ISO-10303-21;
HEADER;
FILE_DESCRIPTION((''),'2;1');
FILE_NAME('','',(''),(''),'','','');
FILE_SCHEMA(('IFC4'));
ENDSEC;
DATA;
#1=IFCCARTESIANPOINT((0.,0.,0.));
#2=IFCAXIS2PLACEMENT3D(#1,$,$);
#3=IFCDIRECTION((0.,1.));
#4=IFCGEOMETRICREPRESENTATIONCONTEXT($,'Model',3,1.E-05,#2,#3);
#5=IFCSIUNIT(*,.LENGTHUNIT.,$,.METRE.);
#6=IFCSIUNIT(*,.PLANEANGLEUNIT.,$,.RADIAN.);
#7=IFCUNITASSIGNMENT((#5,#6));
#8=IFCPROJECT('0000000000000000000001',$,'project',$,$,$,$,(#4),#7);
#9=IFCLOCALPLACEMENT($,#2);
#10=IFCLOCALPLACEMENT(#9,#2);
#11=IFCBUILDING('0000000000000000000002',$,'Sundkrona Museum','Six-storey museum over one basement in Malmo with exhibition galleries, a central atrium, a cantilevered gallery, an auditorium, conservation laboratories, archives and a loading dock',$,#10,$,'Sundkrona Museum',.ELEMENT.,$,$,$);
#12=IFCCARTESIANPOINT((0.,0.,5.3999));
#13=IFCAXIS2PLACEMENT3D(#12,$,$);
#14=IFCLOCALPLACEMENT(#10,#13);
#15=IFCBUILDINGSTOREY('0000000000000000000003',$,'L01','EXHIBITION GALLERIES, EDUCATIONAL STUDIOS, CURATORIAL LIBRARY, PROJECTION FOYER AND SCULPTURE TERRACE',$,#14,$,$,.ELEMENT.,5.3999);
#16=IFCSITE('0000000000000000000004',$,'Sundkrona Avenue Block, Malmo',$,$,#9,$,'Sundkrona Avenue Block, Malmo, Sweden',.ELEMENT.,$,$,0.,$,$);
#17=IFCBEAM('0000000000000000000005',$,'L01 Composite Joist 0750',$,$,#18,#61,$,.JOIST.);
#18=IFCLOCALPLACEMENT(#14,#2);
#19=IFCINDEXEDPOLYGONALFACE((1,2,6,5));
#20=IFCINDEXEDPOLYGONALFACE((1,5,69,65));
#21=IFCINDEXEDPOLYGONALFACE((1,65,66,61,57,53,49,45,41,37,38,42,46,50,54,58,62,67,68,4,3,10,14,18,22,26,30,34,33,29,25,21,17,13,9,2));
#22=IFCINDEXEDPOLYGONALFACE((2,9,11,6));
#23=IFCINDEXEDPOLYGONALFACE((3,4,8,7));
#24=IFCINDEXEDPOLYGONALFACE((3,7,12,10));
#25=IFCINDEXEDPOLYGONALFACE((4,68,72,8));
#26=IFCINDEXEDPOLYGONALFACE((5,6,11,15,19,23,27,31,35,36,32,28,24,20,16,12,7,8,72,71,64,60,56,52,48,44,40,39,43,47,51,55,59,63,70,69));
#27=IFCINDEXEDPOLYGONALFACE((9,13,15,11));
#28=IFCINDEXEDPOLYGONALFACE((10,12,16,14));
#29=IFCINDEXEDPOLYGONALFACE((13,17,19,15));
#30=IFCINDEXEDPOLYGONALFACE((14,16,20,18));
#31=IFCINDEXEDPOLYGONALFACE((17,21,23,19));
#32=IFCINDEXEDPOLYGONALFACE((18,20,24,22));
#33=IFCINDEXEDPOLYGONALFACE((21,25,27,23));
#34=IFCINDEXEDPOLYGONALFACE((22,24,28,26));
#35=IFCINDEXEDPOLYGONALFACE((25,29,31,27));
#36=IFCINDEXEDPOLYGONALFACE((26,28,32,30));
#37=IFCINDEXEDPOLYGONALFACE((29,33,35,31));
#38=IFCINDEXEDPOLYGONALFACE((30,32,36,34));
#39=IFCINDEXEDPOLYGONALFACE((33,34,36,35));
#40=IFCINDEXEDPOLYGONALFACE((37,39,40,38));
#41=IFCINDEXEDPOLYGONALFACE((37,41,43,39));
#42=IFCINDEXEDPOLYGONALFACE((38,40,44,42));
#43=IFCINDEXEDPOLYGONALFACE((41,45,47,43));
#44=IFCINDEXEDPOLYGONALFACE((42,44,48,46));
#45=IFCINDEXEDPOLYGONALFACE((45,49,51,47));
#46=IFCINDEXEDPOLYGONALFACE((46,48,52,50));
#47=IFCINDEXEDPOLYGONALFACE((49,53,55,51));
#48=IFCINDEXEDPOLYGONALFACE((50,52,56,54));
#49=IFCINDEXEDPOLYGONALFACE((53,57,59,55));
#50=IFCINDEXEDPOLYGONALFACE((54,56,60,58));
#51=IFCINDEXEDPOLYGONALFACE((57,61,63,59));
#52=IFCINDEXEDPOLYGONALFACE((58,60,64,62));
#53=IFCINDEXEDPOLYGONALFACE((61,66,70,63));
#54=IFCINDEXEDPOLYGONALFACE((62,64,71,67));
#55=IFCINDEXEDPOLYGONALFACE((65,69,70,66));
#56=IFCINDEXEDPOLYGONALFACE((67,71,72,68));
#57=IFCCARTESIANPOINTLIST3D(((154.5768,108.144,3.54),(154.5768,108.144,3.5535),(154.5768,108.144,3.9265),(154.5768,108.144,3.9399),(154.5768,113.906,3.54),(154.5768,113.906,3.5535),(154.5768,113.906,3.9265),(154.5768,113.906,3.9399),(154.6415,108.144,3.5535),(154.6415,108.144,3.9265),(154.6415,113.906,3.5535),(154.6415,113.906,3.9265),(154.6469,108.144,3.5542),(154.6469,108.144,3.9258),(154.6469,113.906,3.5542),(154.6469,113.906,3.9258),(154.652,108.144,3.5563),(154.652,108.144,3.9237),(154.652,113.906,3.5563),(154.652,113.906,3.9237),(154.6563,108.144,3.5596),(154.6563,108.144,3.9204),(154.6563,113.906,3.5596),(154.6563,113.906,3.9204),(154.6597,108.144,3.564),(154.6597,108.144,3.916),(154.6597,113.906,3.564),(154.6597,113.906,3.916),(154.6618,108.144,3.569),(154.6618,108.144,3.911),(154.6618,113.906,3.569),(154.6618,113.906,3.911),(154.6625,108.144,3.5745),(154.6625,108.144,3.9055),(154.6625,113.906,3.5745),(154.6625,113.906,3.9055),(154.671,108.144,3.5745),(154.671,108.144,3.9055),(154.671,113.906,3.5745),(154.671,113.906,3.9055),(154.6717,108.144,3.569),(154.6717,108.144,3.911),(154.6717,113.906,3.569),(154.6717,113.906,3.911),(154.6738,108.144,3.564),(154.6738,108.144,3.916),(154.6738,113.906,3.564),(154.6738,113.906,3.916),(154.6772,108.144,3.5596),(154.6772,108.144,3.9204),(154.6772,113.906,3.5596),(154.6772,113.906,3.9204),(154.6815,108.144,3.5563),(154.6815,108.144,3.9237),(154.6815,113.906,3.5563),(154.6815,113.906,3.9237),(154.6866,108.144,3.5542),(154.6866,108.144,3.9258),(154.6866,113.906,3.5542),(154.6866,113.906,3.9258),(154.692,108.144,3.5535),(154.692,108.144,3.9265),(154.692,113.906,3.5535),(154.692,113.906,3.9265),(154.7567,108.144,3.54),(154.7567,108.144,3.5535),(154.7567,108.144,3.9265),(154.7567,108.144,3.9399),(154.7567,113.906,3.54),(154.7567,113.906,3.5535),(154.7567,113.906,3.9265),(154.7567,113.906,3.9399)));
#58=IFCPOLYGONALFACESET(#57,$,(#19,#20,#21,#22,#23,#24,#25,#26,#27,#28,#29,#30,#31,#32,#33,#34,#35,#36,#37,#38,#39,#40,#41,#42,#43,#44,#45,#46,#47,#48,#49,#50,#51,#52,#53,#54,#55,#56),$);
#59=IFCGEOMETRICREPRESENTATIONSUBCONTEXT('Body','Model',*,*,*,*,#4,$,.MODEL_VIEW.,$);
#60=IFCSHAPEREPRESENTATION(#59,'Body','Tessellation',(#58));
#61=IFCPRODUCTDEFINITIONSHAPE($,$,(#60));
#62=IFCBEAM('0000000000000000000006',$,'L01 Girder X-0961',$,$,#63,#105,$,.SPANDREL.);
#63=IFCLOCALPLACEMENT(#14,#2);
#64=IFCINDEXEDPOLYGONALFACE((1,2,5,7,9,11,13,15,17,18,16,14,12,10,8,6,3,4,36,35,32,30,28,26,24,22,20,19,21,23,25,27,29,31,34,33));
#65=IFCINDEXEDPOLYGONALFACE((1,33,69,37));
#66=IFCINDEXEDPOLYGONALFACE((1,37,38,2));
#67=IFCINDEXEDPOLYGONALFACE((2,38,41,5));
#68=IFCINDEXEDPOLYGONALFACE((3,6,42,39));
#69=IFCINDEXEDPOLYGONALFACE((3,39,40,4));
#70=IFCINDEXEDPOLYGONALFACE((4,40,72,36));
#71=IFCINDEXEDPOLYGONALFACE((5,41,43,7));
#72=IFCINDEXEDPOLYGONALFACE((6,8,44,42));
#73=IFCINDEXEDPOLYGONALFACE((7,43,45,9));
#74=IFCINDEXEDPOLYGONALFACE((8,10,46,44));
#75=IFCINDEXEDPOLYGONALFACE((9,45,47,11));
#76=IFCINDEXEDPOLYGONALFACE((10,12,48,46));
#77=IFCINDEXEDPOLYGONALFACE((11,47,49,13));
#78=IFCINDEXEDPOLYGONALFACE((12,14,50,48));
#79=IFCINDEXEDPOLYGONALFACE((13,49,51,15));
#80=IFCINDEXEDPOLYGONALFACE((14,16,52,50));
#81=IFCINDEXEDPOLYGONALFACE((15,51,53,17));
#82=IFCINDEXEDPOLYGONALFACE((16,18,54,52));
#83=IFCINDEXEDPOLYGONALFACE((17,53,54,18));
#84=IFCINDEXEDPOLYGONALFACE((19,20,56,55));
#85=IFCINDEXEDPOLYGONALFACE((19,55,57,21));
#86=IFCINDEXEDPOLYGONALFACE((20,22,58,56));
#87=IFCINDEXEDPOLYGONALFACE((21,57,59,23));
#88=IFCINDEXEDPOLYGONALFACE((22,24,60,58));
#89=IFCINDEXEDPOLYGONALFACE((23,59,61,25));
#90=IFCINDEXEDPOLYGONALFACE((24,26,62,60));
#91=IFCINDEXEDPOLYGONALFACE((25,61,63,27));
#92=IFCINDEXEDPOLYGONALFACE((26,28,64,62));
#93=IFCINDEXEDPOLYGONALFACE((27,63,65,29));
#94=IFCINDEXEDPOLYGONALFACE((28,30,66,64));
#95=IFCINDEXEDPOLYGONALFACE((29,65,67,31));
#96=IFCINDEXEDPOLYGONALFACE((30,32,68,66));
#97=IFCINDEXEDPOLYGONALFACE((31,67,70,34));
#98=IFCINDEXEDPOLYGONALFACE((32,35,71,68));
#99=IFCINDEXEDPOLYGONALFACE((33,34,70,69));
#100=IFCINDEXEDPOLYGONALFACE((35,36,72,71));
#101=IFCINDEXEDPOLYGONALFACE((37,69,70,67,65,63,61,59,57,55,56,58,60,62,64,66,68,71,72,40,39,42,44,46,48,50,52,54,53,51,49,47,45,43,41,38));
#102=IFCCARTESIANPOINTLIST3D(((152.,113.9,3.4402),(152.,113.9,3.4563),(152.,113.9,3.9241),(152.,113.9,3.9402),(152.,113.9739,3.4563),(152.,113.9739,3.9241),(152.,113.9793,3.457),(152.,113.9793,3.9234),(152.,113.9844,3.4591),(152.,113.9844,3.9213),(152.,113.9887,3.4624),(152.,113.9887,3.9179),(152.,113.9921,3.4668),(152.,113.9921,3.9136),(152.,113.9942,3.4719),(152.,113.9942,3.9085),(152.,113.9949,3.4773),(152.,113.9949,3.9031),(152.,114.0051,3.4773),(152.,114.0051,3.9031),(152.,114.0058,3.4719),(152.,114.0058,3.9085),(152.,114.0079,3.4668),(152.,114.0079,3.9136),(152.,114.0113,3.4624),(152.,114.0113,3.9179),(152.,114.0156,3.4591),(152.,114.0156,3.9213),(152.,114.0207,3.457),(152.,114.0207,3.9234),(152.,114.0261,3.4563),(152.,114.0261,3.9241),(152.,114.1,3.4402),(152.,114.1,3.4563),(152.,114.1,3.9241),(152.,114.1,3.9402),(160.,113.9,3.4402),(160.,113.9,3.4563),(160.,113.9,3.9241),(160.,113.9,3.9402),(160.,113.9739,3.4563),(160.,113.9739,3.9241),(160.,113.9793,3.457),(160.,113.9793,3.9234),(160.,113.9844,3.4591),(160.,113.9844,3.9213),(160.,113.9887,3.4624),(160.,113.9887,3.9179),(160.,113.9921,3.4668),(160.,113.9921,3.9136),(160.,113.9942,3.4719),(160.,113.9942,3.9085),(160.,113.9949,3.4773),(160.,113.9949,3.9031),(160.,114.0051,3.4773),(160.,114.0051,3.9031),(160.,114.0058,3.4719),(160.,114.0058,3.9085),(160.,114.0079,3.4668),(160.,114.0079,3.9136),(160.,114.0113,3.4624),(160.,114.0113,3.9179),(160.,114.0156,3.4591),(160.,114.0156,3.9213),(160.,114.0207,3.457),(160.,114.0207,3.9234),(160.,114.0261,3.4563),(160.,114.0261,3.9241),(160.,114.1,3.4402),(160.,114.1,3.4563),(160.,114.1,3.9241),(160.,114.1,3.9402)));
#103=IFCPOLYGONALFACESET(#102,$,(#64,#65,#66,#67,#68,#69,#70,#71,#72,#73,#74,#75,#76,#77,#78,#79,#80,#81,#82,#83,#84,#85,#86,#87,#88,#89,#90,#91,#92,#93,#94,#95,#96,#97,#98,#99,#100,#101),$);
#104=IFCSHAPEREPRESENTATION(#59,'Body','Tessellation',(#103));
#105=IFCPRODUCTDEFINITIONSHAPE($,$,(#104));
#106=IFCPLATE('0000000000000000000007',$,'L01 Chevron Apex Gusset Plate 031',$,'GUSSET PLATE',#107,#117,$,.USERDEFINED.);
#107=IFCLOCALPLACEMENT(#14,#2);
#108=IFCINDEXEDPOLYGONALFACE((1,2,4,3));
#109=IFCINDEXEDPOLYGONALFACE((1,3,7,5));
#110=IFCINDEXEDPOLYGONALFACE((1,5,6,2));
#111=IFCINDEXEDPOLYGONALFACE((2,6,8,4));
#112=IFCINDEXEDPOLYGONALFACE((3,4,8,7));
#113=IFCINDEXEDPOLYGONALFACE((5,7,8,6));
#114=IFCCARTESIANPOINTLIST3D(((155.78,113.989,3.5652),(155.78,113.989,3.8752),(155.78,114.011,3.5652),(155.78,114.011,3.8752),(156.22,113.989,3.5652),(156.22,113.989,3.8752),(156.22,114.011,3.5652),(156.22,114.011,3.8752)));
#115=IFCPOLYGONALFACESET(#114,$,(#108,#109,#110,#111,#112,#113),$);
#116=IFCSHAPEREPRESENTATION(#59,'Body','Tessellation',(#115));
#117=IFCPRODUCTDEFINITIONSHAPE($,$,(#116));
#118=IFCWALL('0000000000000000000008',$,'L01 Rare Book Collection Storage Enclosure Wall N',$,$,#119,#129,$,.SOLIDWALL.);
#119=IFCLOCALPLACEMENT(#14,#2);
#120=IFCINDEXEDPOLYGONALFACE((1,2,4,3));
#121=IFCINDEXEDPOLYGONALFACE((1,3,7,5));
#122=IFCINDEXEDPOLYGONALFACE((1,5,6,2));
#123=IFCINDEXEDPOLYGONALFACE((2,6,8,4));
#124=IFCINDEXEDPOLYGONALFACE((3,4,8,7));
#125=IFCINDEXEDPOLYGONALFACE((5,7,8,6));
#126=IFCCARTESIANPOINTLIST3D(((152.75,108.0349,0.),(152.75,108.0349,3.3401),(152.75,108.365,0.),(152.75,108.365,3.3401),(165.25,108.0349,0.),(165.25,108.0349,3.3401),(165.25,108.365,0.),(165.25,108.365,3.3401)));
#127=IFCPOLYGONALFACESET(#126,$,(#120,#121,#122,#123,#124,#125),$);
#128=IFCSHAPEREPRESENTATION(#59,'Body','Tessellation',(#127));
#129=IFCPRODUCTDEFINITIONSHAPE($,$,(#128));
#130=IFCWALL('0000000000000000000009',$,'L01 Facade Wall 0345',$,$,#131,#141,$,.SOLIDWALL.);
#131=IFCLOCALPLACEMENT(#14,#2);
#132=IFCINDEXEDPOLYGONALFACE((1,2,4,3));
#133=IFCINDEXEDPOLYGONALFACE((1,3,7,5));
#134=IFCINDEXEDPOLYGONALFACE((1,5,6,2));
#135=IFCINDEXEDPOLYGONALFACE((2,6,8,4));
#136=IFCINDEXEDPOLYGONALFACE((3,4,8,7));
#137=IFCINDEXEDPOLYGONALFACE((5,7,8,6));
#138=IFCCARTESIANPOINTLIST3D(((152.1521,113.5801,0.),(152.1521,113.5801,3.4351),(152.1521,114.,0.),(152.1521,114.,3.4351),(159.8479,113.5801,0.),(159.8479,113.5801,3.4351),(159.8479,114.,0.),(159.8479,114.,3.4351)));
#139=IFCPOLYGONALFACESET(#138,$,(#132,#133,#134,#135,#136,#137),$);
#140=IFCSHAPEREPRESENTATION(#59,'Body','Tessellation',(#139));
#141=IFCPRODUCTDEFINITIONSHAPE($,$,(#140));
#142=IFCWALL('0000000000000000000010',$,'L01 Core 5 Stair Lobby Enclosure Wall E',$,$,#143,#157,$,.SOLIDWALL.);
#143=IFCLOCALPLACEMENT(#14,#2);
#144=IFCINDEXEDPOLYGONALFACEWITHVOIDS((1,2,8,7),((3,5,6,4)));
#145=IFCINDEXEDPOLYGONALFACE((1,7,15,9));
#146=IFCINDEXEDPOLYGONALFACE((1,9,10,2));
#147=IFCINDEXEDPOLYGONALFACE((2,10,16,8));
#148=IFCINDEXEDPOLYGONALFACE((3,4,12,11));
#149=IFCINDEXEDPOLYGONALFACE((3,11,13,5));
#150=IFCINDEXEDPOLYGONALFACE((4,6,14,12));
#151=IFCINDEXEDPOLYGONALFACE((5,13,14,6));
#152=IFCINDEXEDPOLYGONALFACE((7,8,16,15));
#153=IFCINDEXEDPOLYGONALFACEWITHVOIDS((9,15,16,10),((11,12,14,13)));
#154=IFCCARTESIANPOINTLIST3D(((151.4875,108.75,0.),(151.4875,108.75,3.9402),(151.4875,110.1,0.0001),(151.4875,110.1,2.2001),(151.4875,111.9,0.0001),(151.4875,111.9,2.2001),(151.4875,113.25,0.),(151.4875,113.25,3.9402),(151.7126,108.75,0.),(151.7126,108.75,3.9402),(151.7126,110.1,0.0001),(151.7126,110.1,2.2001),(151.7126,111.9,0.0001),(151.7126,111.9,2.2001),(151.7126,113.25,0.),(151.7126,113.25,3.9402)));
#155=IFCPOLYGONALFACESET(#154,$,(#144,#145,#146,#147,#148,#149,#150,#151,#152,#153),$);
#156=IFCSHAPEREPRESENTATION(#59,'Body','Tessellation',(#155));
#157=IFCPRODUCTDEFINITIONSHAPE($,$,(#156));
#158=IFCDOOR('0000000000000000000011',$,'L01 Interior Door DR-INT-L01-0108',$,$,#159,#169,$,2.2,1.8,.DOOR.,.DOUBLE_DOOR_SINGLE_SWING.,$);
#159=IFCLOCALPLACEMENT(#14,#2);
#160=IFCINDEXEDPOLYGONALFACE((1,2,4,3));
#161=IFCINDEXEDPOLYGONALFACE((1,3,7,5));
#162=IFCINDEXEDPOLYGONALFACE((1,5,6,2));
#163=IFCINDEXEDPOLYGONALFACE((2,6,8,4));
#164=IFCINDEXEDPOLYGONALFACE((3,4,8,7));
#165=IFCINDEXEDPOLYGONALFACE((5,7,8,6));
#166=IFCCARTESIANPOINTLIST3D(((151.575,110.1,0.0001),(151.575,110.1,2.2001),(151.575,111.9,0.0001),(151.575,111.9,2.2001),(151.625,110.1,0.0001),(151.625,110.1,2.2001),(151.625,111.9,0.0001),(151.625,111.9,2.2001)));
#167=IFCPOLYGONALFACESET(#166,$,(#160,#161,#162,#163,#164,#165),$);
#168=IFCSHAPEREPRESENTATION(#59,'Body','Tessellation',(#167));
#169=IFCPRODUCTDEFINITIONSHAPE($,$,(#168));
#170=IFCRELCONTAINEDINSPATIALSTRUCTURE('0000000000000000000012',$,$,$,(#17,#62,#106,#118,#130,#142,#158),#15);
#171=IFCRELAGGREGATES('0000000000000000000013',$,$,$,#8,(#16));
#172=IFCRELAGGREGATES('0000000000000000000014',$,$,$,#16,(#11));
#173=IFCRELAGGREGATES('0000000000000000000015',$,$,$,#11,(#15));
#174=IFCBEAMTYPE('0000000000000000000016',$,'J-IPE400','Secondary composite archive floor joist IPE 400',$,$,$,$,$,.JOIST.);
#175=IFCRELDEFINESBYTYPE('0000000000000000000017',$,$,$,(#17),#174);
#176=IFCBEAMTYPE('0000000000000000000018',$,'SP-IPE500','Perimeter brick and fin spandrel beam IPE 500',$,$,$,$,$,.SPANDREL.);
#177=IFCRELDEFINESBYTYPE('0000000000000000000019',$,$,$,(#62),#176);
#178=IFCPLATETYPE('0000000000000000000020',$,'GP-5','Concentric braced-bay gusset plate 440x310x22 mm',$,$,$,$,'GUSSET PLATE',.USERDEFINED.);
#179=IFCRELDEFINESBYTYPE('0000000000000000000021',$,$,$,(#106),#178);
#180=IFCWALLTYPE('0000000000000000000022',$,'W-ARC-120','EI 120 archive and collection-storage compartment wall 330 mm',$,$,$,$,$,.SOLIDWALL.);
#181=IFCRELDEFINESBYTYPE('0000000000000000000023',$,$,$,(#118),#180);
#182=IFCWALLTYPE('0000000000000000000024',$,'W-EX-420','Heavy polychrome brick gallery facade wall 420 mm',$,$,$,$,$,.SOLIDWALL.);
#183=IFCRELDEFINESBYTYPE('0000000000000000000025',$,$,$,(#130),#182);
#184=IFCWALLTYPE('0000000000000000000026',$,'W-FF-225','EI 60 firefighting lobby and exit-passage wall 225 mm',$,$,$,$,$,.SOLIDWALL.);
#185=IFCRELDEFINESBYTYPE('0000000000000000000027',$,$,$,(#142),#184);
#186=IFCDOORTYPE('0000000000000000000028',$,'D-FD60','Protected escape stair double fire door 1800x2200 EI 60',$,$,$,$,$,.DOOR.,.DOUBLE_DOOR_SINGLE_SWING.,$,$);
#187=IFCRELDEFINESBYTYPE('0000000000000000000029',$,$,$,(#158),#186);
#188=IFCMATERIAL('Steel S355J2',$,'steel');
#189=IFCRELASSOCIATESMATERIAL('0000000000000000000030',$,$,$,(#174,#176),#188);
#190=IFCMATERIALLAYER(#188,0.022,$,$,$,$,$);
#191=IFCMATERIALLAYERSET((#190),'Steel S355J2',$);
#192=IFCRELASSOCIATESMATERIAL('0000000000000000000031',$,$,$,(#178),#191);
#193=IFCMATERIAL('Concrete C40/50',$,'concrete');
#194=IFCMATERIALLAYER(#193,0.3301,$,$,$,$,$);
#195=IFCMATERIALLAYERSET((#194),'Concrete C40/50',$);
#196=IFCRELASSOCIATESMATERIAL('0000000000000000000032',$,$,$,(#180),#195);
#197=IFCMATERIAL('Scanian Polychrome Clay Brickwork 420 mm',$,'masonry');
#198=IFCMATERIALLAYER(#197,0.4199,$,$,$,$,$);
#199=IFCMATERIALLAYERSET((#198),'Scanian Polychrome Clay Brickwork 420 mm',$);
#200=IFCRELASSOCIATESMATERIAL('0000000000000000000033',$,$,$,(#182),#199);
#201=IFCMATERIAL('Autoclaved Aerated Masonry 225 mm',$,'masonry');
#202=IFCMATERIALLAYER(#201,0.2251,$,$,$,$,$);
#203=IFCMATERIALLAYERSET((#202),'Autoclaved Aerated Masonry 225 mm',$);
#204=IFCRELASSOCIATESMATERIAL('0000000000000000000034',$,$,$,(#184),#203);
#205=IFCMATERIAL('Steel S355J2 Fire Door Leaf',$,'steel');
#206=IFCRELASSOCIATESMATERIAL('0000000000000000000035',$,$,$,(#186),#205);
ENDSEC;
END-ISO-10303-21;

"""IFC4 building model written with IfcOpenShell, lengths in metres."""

from ifc_helpers import new_model, si_unit, direction, frame, frame_2d, origin, origin_2d, place, context, subcontext, project, spatial, rectangle, i_section, extrude, material, layer, layer_set, material_profile, profile_set, type_object, element, fill, save


model = new_model("IFC4")

# Units and contexts
model_context = context("Model", 3, precision=1e-05, world=origin(), true_north=direction((0.0, 1.0)))
body_context = subcontext(model_context, "Body", "Model", "MODEL_VIEW")
ifc_project = project(units=[si_unit("LENGTHUNIT", "METRE"), si_unit("PLANEANGLEUNIT", "RADIAN")], contexts=[model_context])

# Site, building, storey
site_placement = place(None, origin())
site = spatial("IfcSite", under=ifc_project, at=site_placement, Name="Sundkrona Avenue Block, Malmo", LongName="Sundkrona Avenue Block, Malmo, Sweden", CompositionType="ELEMENT", RefElevation=0.0)
building_placement = place(site_placement, origin())
building = spatial("IfcBuilding", under=site, at=building_placement, Name="Sundkrona Museum", Description="Six-storey museum over one basement in Malmo with exhibition galleries, a central atrium, a cantilevered gallery, an auditorium, conservation laboratories, archives and a loading dock", LongName="Sundkrona Museum", CompositionType="ELEMENT")
storey_placement = place(building_placement, frame((0.0, 0.0, 5.3999)))
storey = spatial("IfcBuildingStorey", under=building, at=storey_placement, Name="L01", Description="EXHIBITION GALLERIES, EDUCATIONAL STUDIOS, CURATORIAL LIBRARY, PROJECTION FOYER AND SCULPTURE TERRACE", CompositionType="ELEMENT", Elevation=5.3999)

# Shared definitions
ifc_material_1 = material(Name="Steel S355J2", Category="steel")

# Beams
ifc_material_profile_1 = material_profile(ifc_material_1, i_section(OverallWidth=0.1799, OverallDepth=0.3999, WebThickness=0.0085, FlangeThickness=0.0134, FilletRadius=0.021, at=origin_2d()), Name="IPE 400")
ifc_profile_set_1 = profile_set([ifc_material_profile_1], Name="Steel S355J2")
beam_type_1 = type_object("IfcBeamType", Name="J-IPE400", Description="Secondary composite archive floor joist IPE 400", PredefinedType="JOIST", material=ifc_profile_set_1)
beam_1_placement = place(storey_placement, frame((154.6667, 108.144, 3.74), z_axis=(0.0, 1.0, 0.0), x_axis=(-1.0, 0.0, 0.0)))
element("IfcBeam", 1, at=beam_1_placement, inside=storey, type_object=beam_type_1, Name="L01 Composite Joist 0750", PredefinedType="JOIST", context=body_context, shape_type="SweptSolid", body=[
    extrude(i_section(OverallWidth=0.1799, OverallDepth=0.3999, WebThickness=0.0085, FlangeThickness=0.0134, FilletRadius=0.021, at=origin_2d()), origin(), (0.0, 0.0, 1.0), 5.762),
])
ifc_material_profile_2 = material_profile(ifc_material_1, i_section(OverallWidth=0.2, OverallDepth=0.5, WebThickness=0.0103, FlangeThickness=0.0161, FilletRadius=0.021, at=origin_2d()), Name="IPE 500")
ifc_profile_set_2 = profile_set([ifc_material_profile_2], Name="Steel S355J2")
beam_type_2 = type_object("IfcBeamType", Name="SP-IPE500", Description="Perimeter brick and fin spandrel beam IPE 500", PredefinedType="SPANDREL", material=ifc_profile_set_2)
beam_2_placement = place(storey_placement, frame((152.0, 114.0, 3.6902), z_axis=(1.0, 0.0, 0.0), x_axis=(0.0, 1.0, 0.0)))
element("IfcBeam", 2, at=beam_2_placement, inside=storey, type_object=beam_type_2, Name="L01 Girder X-0961", PredefinedType="SPANDREL", context=body_context, shape_type="SweptSolid", body=[
    extrude(i_section(OverallWidth=0.2, OverallDepth=0.5, WebThickness=0.0103, FlangeThickness=0.0161, FilletRadius=0.021, at=origin_2d()), origin(), (0.0, 0.0, 1.0), 8.0),
])

# Plate
ifc_layer_1 = layer(ifc_material_1, 0.022)
ifc_layer_set_1 = layer_set([ifc_layer_1], Name="Steel S355J2")
plate_type = type_object("IfcPlateType", Name="GP-5", Description="Concentric braced-bay gusset plate 440x310x22 mm", ElementType="GUSSET PLATE", PredefinedType="USERDEFINED", material=ifc_layer_set_1)
plate_placement = place(storey_placement, frame((156.0, 114.0, 3.5652), z_axis=(0.0, 0.0, 1.0), x_axis=(1.0, 0.0, 0.0)))
element("IfcPlate", 3, at=plate_placement, inside=storey, type_object=plate_type, Name="L01 Chevron Apex Gusset Plate 031", ObjectType="GUSSET PLATE", PredefinedType="USERDEFINED", context=body_context, shape_type="SweptSolid", body=[
    extrude(rectangle(XDim=0.4399, YDim=0.022, at=origin_2d()), origin(), (0.0, 0.0, 1.0), 0.3101),
])

# Walls
ifc_material_2 = material(Name="Concrete C40/50", Category="concrete")
ifc_layer_2 = layer(ifc_material_2, 0.3301)
ifc_layer_set_2 = layer_set([ifc_layer_2], Name="Concrete C40/50")
wall_type_1 = type_object("IfcWallType", Name="W-ARC-120", Description="EI 120 archive and collection-storage compartment wall 330 mm", PredefinedType="SOLIDWALL", material=ifc_layer_set_2)
wall_1_placement = place(storey_placement, frame((152.75, 108.2, 0.0), z_axis=(0.0, 0.0, 1.0), x_axis=(1.0, 0.0, 0.0)))
element("IfcWall", 4, at=wall_1_placement, inside=storey, type_object=wall_type_1, Name="L01 Rare Book Collection Storage Enclosure Wall N", PredefinedType="SOLIDWALL", context=body_context, shape_type="SweptSolid", body=[
    extrude(rectangle(XDim=12.5, YDim=0.3301, at=frame_2d((6.25, 0.0))), origin(), (0.0, 0.0, 1.0), 3.3401),
])
ifc_material_3 = material(Name="Scanian Polychrome Clay Brickwork 420 mm", Category="masonry")
ifc_layer_3 = layer(ifc_material_3, 0.4199)
ifc_layer_set_3 = layer_set([ifc_layer_3], Name="Scanian Polychrome Clay Brickwork 420 mm")
wall_type_2 = type_object("IfcWallType", Name="W-EX-420", Description="Heavy polychrome brick gallery facade wall 420 mm", PredefinedType="SOLIDWALL", material=ifc_layer_set_3)
wall_2_placement = place(storey_placement, frame((152.1521, 113.79, 0.0), z_axis=(0.0, 0.0, 1.0), x_axis=(1.0, 0.0, 0.0)))
element("IfcWall", 5, at=wall_2_placement, inside=storey, type_object=wall_type_2, Name="L01 Facade Wall 0345", PredefinedType="SOLIDWALL", context=body_context, shape_type="SweptSolid", body=[
    extrude(rectangle(XDim=7.6958, YDim=0.4199, at=frame_2d((3.8479, 0.0))), origin(), (0.0, 0.0, 1.0), 3.4351),
])

# Wall, opening, door
ifc_material_4 = material(Name="Autoclaved Aerated Masonry 225 mm", Category="masonry")
ifc_layer_4 = layer(ifc_material_4, 0.2251)
ifc_layer_set_4 = layer_set([ifc_layer_4], Name="Autoclaved Aerated Masonry 225 mm")
wall_type_3 = type_object("IfcWallType", Name="W-FF-225", Description="EI 60 firefighting lobby and exit-passage wall 225 mm", PredefinedType="SOLIDWALL", material=ifc_layer_set_4)
wall_3_placement = place(storey_placement, frame((151.6001, 113.25, 0.0), z_axis=(0.0, 0.0, 1.0), x_axis=(0.0, -1.0, 0.0)))
wall_3 = element("IfcWall", 6, at=wall_3_placement, inside=storey, type_object=wall_type_3, Name="L01 Core 5 Stair Lobby Enclosure Wall E", PredefinedType="SOLIDWALL", context=body_context, shape_type="SweptSolid", body=[
    extrude(rectangle(XDim=4.5, YDim=0.2251, at=frame_2d((2.25, 0.0))), origin(), (0.0, 0.0, 1.0), 3.9402),
])
opening_placement = place(wall_3_placement, frame((1.3501, 0.0, 0.0)))
opening = element("IfcOpeningElement", 7, at=opening_placement, cuts=wall_3, PredefinedType="OPENING", context=body_context, shape_type="SweptSolid", body=[
    extrude(rectangle(XDim=1.8, YDim=2.2, at=frame_2d((0.8999, 1.1001))), frame((0.0, 0.1226, 0.0), z_axis=(0.0, -1.0, 0.0), x_axis=(1.0, 0.0, 0.0)), (0.0, 0.0, 1.0), 0.2451),
])
ifc_material_5 = material(Name="Steel S355J2 Fire Door Leaf", Category="steel")
door_type = type_object("IfcDoorType", Name="D-FD60", Description="Protected escape stair double fire door 1800x2200 EI 60", OperationType="DOUBLE_DOOR_SINGLE_SWING", PredefinedType="DOOR", material=ifc_material_5)
door_placement = place(opening_placement, origin())
door = element("IfcDoor", 8, at=door_placement, inside=storey, type_object=door_type, Name="L01 Interior Door DR-INT-L01-0108", OperationType="DOUBLE_DOOR_SINGLE_SWING", OverallHeight=2.2, OverallWidth=1.8, PredefinedType="DOOR", context=body_context, shape_type="SweptSolid", body=[
    extrude(rectangle(XDim=1.8, YDim=2.2, at=frame_2d((0.8999, 1.1001))), frame((0.0, 0.0249, 0.0), z_axis=(0.0, -1.0, 0.0), x_axis=(1.0, 0.0, 0.0)), (0.0, 0.0, 1.0), 0.05),
])
fill(opening, door)

save(model, "model.ifc")
